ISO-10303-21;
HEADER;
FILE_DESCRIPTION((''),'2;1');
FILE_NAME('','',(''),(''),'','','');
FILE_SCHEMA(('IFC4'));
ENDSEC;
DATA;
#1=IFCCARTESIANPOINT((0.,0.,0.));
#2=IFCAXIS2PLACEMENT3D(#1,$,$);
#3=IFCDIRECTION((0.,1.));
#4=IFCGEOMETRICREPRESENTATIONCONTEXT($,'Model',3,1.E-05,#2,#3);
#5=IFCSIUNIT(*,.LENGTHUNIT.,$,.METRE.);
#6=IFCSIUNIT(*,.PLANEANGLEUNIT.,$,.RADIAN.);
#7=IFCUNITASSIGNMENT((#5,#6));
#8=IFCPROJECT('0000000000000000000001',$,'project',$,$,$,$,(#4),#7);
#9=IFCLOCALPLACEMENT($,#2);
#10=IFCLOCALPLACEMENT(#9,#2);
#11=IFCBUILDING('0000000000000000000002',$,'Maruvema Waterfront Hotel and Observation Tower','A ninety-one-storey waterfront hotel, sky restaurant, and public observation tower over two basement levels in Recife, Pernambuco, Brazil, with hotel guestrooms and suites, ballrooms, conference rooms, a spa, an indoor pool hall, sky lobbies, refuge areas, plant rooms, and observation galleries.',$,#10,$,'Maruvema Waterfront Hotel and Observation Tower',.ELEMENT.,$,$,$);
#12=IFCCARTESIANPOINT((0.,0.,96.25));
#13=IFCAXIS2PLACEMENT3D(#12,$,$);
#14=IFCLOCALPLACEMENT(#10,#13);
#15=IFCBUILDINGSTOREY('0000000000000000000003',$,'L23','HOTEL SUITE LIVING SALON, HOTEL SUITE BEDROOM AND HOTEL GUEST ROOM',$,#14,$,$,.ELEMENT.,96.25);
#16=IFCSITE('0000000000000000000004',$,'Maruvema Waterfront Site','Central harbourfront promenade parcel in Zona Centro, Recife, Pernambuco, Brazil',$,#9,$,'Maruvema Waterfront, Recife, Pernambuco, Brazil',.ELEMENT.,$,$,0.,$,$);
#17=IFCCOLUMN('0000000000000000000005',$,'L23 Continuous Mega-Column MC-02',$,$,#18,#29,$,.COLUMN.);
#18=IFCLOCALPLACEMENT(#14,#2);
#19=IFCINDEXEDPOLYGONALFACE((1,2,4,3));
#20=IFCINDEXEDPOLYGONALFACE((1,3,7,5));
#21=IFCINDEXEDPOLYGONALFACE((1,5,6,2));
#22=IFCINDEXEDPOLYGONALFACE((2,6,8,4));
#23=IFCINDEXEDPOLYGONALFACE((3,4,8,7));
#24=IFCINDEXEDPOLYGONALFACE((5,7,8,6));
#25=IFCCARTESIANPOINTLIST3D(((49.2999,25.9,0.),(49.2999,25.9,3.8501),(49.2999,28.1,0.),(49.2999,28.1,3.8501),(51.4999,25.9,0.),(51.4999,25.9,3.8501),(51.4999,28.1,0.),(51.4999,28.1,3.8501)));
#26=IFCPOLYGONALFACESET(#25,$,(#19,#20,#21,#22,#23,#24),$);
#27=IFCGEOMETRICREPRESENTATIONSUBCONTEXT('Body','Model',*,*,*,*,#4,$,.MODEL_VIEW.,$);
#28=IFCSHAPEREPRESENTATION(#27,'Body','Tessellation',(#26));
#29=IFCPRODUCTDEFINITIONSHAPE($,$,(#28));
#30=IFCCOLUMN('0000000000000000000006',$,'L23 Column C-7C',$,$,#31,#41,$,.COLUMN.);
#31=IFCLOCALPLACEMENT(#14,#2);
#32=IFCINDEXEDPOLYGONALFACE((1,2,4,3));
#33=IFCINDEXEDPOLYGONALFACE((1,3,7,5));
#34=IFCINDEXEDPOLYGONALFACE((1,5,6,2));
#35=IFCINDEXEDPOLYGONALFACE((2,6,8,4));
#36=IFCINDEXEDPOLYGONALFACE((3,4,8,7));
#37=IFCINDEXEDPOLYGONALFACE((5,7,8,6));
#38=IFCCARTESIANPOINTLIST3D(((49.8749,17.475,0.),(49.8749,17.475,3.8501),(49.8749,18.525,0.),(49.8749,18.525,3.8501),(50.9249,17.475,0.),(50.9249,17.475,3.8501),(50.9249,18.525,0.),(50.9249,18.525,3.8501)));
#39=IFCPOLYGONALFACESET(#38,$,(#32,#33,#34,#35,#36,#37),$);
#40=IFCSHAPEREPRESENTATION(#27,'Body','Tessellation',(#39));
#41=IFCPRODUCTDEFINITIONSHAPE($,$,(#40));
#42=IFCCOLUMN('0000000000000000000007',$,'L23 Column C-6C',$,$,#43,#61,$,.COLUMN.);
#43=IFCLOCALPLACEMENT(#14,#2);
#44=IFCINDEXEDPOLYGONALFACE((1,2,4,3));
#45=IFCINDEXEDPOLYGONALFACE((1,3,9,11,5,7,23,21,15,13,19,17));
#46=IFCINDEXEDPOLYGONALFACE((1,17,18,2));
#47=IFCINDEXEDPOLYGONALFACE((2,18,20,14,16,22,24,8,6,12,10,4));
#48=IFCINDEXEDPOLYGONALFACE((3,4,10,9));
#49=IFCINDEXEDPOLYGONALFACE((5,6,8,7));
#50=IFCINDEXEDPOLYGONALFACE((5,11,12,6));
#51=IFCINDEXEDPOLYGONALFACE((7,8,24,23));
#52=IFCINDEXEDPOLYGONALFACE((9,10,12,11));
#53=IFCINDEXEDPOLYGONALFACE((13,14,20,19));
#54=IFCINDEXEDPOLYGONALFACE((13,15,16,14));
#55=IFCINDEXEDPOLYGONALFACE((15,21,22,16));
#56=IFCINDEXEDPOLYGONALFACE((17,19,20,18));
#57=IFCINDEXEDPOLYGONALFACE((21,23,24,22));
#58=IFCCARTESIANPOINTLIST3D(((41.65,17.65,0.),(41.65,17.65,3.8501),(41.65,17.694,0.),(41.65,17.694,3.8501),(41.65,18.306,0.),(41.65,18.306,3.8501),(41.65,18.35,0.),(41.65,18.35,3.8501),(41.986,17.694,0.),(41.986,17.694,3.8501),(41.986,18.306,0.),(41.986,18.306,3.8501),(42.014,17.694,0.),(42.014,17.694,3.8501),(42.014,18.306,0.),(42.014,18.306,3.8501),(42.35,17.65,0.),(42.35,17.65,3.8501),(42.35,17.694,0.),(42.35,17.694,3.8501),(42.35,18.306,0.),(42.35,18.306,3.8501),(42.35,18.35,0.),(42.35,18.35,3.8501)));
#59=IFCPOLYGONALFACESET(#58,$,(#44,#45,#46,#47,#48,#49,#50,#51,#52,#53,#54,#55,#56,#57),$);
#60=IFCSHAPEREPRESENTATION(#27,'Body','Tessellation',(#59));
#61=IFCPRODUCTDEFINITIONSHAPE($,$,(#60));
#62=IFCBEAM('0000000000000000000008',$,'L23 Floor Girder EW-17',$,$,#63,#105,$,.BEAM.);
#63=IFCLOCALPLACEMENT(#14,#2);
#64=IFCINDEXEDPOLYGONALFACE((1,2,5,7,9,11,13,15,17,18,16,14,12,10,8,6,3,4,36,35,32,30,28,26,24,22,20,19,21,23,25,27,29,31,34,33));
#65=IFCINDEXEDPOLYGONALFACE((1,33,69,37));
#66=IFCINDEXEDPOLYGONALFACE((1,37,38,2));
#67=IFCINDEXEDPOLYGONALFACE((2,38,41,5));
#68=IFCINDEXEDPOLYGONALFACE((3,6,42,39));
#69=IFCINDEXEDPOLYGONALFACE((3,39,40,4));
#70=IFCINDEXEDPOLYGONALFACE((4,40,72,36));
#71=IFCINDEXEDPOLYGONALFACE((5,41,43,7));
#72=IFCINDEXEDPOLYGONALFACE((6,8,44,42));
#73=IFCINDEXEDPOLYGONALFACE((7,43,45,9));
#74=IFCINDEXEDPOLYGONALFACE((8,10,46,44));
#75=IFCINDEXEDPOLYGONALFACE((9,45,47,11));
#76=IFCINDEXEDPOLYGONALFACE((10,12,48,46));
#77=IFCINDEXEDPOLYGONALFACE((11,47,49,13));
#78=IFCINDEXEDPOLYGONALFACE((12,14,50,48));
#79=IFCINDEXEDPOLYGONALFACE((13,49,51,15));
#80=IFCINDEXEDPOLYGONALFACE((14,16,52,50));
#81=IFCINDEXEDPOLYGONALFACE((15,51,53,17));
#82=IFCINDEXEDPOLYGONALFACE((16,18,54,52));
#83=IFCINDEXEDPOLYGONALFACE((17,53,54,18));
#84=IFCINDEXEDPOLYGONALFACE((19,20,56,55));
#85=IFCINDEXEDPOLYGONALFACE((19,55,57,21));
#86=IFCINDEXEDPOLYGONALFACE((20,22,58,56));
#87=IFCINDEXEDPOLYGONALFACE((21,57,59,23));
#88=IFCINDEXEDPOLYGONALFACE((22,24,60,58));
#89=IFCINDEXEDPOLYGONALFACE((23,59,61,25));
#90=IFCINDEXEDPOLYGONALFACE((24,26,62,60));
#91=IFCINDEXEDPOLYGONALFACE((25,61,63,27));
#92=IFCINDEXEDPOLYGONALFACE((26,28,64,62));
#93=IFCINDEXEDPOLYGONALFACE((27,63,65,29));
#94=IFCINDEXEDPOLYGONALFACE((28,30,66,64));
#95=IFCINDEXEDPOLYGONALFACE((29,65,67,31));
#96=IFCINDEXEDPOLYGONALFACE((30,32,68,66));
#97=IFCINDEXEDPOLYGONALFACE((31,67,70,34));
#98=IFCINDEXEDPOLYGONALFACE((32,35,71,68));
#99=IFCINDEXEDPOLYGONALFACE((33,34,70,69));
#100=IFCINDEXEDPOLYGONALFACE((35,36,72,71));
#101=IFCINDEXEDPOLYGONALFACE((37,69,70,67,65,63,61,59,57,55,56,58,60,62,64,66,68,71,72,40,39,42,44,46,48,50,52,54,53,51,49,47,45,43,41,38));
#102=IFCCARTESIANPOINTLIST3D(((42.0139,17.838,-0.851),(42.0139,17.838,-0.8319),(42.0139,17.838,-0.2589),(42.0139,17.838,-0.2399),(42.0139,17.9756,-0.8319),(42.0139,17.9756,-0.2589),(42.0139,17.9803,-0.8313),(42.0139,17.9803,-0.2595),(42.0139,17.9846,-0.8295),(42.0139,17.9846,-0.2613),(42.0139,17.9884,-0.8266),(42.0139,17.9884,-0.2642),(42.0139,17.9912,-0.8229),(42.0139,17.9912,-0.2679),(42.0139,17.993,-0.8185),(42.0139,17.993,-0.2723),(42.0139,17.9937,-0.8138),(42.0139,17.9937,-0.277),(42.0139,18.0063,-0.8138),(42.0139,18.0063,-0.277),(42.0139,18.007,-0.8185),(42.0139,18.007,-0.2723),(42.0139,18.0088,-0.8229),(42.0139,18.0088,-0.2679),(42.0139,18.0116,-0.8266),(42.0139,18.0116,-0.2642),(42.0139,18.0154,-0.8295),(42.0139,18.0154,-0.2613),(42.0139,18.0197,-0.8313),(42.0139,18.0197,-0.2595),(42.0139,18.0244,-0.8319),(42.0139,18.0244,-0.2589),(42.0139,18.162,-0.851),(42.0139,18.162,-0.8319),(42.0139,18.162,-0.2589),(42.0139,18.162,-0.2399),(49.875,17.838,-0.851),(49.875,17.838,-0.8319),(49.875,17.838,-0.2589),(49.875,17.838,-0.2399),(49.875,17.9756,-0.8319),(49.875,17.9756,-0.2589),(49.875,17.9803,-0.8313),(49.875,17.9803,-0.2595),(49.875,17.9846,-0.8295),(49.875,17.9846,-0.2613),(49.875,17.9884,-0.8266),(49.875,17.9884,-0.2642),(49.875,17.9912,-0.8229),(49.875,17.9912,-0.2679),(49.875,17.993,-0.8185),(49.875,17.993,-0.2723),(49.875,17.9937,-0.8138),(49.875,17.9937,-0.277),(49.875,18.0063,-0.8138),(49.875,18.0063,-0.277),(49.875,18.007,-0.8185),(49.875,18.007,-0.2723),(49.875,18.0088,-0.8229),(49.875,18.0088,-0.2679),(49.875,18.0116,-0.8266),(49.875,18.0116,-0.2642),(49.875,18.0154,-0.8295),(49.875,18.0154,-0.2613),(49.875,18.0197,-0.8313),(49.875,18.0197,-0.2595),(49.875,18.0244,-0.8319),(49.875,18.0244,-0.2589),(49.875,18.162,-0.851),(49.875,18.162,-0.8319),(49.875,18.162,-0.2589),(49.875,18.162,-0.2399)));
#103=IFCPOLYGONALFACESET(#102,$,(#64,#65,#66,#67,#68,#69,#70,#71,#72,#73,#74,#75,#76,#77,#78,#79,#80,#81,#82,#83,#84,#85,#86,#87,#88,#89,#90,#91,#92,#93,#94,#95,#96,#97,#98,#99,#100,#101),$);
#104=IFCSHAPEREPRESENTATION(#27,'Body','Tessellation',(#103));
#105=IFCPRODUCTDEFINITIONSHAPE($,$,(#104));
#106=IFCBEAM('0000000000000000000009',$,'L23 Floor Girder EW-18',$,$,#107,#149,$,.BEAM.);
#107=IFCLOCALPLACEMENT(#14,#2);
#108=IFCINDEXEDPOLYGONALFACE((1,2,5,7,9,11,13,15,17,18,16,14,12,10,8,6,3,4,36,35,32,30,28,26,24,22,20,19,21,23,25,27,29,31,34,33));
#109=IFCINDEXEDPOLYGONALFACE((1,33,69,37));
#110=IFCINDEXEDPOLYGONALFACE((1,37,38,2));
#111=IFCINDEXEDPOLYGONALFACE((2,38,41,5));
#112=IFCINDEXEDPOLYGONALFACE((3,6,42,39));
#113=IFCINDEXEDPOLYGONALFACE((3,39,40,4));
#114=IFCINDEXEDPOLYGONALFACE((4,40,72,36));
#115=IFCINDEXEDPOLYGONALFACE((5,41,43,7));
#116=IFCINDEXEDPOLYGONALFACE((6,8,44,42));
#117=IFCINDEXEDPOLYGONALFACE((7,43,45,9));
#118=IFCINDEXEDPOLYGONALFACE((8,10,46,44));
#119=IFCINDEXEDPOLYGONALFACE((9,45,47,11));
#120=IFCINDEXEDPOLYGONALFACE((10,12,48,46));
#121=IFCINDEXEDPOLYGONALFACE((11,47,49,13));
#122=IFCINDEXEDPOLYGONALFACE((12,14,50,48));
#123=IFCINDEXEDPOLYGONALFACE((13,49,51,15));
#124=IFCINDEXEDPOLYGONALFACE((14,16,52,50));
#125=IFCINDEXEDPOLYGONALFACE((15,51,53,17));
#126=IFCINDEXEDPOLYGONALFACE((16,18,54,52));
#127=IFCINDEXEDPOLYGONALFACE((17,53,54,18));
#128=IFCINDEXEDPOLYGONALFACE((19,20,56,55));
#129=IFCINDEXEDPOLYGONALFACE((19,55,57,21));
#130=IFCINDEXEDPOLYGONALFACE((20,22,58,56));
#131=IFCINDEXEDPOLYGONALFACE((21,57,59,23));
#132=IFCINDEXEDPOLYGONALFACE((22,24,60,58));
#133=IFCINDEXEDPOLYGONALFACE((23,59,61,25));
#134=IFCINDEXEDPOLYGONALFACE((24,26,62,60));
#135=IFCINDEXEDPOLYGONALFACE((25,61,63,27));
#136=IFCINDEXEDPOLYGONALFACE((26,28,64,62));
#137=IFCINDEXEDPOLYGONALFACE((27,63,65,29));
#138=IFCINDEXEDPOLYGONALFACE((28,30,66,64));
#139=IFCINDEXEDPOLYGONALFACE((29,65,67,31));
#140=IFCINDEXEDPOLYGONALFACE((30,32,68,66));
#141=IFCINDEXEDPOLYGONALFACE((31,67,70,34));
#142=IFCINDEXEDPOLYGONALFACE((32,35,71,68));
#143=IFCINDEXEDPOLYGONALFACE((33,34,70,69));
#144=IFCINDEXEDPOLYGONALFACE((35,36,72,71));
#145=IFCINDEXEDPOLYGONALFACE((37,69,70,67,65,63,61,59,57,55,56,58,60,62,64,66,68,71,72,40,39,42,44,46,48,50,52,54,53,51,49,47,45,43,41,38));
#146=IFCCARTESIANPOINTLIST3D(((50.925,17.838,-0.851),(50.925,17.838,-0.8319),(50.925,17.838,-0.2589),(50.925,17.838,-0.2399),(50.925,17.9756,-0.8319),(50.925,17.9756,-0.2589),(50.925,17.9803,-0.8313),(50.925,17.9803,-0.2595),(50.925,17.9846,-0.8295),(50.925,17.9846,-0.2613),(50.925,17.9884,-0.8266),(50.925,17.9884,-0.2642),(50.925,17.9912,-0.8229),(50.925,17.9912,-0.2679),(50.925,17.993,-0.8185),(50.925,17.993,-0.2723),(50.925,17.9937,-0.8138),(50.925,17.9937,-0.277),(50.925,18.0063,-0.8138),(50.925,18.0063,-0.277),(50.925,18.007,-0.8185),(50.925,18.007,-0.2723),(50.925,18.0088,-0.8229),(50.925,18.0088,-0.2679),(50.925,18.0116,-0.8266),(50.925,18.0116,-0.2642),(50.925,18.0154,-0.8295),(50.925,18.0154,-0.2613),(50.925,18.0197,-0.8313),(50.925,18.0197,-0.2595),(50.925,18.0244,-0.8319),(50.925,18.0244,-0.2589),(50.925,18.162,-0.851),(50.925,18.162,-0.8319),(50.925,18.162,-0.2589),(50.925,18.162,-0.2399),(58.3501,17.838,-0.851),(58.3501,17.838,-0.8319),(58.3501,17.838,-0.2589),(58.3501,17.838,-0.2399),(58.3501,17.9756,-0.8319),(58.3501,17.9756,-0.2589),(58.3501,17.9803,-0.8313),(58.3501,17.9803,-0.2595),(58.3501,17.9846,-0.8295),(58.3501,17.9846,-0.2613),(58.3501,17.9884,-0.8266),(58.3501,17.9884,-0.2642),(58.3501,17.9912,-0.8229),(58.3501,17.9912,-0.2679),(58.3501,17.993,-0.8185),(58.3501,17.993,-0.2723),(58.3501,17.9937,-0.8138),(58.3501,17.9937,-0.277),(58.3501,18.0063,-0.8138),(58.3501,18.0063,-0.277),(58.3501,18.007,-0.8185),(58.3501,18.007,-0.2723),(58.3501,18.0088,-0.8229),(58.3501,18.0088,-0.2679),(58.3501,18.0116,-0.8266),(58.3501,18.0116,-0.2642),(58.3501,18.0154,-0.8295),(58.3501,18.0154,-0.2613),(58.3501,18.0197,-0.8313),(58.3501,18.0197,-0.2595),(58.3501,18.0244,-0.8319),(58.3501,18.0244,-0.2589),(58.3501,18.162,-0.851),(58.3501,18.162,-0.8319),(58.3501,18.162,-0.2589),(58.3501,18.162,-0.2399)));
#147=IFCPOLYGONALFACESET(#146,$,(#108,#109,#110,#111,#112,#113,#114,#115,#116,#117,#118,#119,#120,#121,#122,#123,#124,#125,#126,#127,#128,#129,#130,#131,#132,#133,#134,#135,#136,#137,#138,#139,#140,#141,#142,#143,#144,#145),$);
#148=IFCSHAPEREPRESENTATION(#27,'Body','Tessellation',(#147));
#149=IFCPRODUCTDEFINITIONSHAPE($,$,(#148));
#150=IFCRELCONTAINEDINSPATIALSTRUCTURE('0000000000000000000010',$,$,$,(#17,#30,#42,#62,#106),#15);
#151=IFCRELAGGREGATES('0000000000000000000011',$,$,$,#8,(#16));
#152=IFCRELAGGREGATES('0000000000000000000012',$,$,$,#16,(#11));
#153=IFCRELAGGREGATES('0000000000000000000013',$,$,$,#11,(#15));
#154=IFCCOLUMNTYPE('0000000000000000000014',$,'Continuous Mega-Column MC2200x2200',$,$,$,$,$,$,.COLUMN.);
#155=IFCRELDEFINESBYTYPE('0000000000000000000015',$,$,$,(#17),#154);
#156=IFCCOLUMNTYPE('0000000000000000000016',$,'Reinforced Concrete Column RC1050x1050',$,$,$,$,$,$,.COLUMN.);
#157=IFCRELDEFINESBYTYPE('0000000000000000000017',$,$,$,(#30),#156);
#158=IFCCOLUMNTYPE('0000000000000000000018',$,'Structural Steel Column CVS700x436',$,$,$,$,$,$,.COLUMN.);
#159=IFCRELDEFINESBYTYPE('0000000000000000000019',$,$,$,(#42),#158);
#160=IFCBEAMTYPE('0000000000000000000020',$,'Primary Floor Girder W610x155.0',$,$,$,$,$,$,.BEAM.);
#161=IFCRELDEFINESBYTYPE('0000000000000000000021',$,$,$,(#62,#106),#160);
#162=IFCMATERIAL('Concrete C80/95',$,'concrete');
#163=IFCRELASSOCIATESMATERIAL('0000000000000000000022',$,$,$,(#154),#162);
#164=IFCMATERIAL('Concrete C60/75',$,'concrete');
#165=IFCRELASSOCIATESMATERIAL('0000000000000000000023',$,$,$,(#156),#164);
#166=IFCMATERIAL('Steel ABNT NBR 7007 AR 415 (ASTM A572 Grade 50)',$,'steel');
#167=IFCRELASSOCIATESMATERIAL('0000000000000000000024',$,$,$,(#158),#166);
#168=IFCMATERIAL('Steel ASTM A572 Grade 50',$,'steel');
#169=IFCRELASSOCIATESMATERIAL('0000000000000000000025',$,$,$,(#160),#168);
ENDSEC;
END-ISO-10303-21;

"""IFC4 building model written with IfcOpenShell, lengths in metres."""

from ifc_helpers import new_model, si_unit, direction, frame, origin, origin_2d, place, context, subcontext, project, spatial, rectangle, i_section, extrude, material, material_profile, profile_set, type_object, element, save


model = new_model("IFC4")

# Units and contexts
model_context = context("Model", 3, precision=1e-05, world=origin(), true_north=direction((0.0, 1.0)))
body_context = subcontext(model_context, "Body", "Model", "MODEL_VIEW")
ifc_project = project(units=[si_unit("LENGTHUNIT", "METRE"), si_unit("PLANEANGLEUNIT", "RADIAN")], contexts=[model_context])

# Site, building, storey
site_placement = place(None, origin())
site = spatial("IfcSite", under=ifc_project, at=site_placement, Name="Maruvema Waterfront Site", Description="Central harbourfront promenade parcel in Zona Centro, Recife, Pernambuco, Brazil", LongName="Maruvema Waterfront, Recife, Pernambuco, Brazil", CompositionType="ELEMENT", RefElevation=0.0)
building_placement = place(site_placement, origin())
building = spatial("IfcBuilding", under=site, at=building_placement, Name="Maruvema Waterfront Hotel and Observation Tower", Description="A ninety-one-storey waterfront hotel, sky restaurant, and public observation tower over two basement levels in Recife, Pernambuco, Brazil, with hotel guestrooms and suites, ballrooms, conference rooms, a spa, an indoor pool hall, sky lobbies, refuge areas, plant rooms, and observation galleries.", LongName="Maruvema Waterfront Hotel and Observation Tower", CompositionType="ELEMENT")
storey_placement = place(building_placement, frame((0.0, 0.0, 96.25)))
storey = spatial("IfcBuildingStorey", under=building, at=storey_placement, Name="L23", Description="HOTEL SUITE LIVING SALON, HOTEL SUITE BEDROOM AND HOTEL GUEST ROOM", CompositionType="ELEMENT", Elevation=96.25)

# Columns
ifc_material_1 = material(Name="Concrete C80/95", Category="concrete")
ifc_material_profile_1 = material_profile(ifc_material_1, rectangle(XDim=2.2, YDim=2.2, at=origin_2d()), Name="MC2200x2200")
ifc_profile_set_1 = profile_set([ifc_material_profile_1], Name="Concrete C80/95")
column_type_1 = type_object("IfcColumnType", Name="Continuous Mega-Column MC2200x2200", PredefinedType="COLUMN", material=ifc_profile_set_1)
column_1_placement = place(storey_placement, frame((50.3999, 27.0, 0.0), z_axis=(0.0, 0.0, 1.0), x_axis=(1.0, 0.0, 0.0)))
element("IfcColumn", 1, at=column_1_placement, inside=storey, type_object=column_type_1, Name="L23 Continuous Mega-Column MC-02", PredefinedType="COLUMN", context=body_context, shape_type="SweptSolid", body=[
    extrude(rectangle(XDim=2.2, YDim=2.2, at=origin_2d()), origin(), (0.0, 0.0, 1.0), 3.8501),
])
ifc_material_2 = material(Name="Concrete C60/75", Category="concrete")
ifc_material_profile_2 = material_profile(ifc_material_2, rectangle(XDim=1.05, YDim=1.05, at=origin_2d()), Name="RC1050x1050")
ifc_profile_set_2 = profile_set([ifc_material_profile_2], Name="Concrete C60/75")
column_type_2 = type_object("IfcColumnType", Name="Reinforced Concrete Column RC1050x1050", PredefinedType="COLUMN", material=ifc_profile_set_2)
column_2_placement = place(storey_placement, frame((50.3999, 18.0, 0.0), z_axis=(0.0, 0.0, 1.0), x_axis=(1.0, 0.0, 0.0)))
element("IfcColumn", 2, at=column_2_placement, inside=storey, type_object=column_type_2, Name="L23 Column C-7C", PredefinedType="COLUMN", context=body_context, shape_type="SweptSolid", body=[
    extrude(rectangle(XDim=1.05, YDim=1.05, at=origin_2d()), origin(), (0.0, 0.0, 1.0), 3.8501),
])
ifc_material_3 = material(Name="Steel ABNT NBR 7007 AR 415 (ASTM A572 Grade 50)", Category="steel")
ifc_material_profile_3 = material_profile(ifc_material_3, i_section(OverallWidth=0.7, OverallDepth=0.7, WebThickness=0.0281, FlangeThickness=0.0439, at=origin_2d()), Name="CVS700x436")
ifc_profile_set_3 = profile_set([ifc_material_profile_3], Name="Steel ABNT NBR 7007 AR 415 (ASTM A572 Grade 50)")
column_type_3 = type_object("IfcColumnType", Name="Structural Steel Column CVS700x436", PredefinedType="COLUMN", material=ifc_profile_set_3)
column_3_placement = place(storey_placement, frame((42.0, 18.0, 0.0), z_axis=(0.0, 0.0, 1.0), x_axis=(1.0, 0.0, 0.0)))
element("IfcColumn", 3, at=column_3_placement, inside=storey, type_object=column_type_3, Name="L23 Column C-6C", PredefinedType="COLUMN", context=body_context, shape_type="SweptSolid", body=[
    extrude(i_section(OverallWidth=0.7, OverallDepth=0.7, WebThickness=0.0281, FlangeThickness=0.0439, at=origin_2d()), origin(), (0.0, 0.0, 1.0), 3.8501),
])

# Beams
ifc_material_4 = material(Name="Steel ASTM A572 Grade 50", Category="steel")
ifc_material_profile_4 = material_profile(ifc_material_4, i_section(OverallWidth=0.324, OverallDepth=0.6111, WebThickness=0.0127, FlangeThickness=0.019, FilletRadius=0.0181, at=origin_2d()), Name="W610x155.0")
ifc_profile_set_4 = profile_set([ifc_material_profile_4], Name="Steel ASTM A572 Grade 50")
beam_type_1 = type_object("IfcBeamType", Name="Primary Floor Girder W610x155.0", PredefinedType="BEAM", material=ifc_profile_set_4)
beam_1_placement = place(storey_placement, frame((42.0139, 18.0, -0.5454), z_axis=(1.0, 0.0, 0.0), x_axis=(0.0, 1.0, 0.0)))
element("IfcBeam", 4, at=beam_1_placement, inside=storey, type_object=beam_type_1, Name="L23 Floor Girder EW-17", PredefinedType="BEAM", context=body_context, shape_type="SweptSolid", body=[
    extrude(i_section(OverallWidth=0.324, OverallDepth=0.6111, WebThickness=0.0127, FlangeThickness=0.019, FilletRadius=0.0181, at=origin_2d()), origin(), (0.0, 0.0, 1.0), 7.8611),
])
beam_2_placement = place(storey_placement, frame((50.925, 18.0, -0.5454), z_axis=(1.0, 0.0, 0.0), x_axis=(0.0, 1.0, 0.0)))
element("IfcBeam", 5, at=beam_2_placement, inside=storey, type_object=beam_type_1, Name="L23 Floor Girder EW-18", PredefinedType="BEAM", context=body_context, shape_type="SweptSolid", body=[
    extrude(i_section(OverallWidth=0.324, OverallDepth=0.6111, WebThickness=0.0127, FlangeThickness=0.019, FilletRadius=0.0181, at=origin_2d()), origin(), (0.0, 0.0, 1.0), 7.425),
])

save(model, "model.ifc")
